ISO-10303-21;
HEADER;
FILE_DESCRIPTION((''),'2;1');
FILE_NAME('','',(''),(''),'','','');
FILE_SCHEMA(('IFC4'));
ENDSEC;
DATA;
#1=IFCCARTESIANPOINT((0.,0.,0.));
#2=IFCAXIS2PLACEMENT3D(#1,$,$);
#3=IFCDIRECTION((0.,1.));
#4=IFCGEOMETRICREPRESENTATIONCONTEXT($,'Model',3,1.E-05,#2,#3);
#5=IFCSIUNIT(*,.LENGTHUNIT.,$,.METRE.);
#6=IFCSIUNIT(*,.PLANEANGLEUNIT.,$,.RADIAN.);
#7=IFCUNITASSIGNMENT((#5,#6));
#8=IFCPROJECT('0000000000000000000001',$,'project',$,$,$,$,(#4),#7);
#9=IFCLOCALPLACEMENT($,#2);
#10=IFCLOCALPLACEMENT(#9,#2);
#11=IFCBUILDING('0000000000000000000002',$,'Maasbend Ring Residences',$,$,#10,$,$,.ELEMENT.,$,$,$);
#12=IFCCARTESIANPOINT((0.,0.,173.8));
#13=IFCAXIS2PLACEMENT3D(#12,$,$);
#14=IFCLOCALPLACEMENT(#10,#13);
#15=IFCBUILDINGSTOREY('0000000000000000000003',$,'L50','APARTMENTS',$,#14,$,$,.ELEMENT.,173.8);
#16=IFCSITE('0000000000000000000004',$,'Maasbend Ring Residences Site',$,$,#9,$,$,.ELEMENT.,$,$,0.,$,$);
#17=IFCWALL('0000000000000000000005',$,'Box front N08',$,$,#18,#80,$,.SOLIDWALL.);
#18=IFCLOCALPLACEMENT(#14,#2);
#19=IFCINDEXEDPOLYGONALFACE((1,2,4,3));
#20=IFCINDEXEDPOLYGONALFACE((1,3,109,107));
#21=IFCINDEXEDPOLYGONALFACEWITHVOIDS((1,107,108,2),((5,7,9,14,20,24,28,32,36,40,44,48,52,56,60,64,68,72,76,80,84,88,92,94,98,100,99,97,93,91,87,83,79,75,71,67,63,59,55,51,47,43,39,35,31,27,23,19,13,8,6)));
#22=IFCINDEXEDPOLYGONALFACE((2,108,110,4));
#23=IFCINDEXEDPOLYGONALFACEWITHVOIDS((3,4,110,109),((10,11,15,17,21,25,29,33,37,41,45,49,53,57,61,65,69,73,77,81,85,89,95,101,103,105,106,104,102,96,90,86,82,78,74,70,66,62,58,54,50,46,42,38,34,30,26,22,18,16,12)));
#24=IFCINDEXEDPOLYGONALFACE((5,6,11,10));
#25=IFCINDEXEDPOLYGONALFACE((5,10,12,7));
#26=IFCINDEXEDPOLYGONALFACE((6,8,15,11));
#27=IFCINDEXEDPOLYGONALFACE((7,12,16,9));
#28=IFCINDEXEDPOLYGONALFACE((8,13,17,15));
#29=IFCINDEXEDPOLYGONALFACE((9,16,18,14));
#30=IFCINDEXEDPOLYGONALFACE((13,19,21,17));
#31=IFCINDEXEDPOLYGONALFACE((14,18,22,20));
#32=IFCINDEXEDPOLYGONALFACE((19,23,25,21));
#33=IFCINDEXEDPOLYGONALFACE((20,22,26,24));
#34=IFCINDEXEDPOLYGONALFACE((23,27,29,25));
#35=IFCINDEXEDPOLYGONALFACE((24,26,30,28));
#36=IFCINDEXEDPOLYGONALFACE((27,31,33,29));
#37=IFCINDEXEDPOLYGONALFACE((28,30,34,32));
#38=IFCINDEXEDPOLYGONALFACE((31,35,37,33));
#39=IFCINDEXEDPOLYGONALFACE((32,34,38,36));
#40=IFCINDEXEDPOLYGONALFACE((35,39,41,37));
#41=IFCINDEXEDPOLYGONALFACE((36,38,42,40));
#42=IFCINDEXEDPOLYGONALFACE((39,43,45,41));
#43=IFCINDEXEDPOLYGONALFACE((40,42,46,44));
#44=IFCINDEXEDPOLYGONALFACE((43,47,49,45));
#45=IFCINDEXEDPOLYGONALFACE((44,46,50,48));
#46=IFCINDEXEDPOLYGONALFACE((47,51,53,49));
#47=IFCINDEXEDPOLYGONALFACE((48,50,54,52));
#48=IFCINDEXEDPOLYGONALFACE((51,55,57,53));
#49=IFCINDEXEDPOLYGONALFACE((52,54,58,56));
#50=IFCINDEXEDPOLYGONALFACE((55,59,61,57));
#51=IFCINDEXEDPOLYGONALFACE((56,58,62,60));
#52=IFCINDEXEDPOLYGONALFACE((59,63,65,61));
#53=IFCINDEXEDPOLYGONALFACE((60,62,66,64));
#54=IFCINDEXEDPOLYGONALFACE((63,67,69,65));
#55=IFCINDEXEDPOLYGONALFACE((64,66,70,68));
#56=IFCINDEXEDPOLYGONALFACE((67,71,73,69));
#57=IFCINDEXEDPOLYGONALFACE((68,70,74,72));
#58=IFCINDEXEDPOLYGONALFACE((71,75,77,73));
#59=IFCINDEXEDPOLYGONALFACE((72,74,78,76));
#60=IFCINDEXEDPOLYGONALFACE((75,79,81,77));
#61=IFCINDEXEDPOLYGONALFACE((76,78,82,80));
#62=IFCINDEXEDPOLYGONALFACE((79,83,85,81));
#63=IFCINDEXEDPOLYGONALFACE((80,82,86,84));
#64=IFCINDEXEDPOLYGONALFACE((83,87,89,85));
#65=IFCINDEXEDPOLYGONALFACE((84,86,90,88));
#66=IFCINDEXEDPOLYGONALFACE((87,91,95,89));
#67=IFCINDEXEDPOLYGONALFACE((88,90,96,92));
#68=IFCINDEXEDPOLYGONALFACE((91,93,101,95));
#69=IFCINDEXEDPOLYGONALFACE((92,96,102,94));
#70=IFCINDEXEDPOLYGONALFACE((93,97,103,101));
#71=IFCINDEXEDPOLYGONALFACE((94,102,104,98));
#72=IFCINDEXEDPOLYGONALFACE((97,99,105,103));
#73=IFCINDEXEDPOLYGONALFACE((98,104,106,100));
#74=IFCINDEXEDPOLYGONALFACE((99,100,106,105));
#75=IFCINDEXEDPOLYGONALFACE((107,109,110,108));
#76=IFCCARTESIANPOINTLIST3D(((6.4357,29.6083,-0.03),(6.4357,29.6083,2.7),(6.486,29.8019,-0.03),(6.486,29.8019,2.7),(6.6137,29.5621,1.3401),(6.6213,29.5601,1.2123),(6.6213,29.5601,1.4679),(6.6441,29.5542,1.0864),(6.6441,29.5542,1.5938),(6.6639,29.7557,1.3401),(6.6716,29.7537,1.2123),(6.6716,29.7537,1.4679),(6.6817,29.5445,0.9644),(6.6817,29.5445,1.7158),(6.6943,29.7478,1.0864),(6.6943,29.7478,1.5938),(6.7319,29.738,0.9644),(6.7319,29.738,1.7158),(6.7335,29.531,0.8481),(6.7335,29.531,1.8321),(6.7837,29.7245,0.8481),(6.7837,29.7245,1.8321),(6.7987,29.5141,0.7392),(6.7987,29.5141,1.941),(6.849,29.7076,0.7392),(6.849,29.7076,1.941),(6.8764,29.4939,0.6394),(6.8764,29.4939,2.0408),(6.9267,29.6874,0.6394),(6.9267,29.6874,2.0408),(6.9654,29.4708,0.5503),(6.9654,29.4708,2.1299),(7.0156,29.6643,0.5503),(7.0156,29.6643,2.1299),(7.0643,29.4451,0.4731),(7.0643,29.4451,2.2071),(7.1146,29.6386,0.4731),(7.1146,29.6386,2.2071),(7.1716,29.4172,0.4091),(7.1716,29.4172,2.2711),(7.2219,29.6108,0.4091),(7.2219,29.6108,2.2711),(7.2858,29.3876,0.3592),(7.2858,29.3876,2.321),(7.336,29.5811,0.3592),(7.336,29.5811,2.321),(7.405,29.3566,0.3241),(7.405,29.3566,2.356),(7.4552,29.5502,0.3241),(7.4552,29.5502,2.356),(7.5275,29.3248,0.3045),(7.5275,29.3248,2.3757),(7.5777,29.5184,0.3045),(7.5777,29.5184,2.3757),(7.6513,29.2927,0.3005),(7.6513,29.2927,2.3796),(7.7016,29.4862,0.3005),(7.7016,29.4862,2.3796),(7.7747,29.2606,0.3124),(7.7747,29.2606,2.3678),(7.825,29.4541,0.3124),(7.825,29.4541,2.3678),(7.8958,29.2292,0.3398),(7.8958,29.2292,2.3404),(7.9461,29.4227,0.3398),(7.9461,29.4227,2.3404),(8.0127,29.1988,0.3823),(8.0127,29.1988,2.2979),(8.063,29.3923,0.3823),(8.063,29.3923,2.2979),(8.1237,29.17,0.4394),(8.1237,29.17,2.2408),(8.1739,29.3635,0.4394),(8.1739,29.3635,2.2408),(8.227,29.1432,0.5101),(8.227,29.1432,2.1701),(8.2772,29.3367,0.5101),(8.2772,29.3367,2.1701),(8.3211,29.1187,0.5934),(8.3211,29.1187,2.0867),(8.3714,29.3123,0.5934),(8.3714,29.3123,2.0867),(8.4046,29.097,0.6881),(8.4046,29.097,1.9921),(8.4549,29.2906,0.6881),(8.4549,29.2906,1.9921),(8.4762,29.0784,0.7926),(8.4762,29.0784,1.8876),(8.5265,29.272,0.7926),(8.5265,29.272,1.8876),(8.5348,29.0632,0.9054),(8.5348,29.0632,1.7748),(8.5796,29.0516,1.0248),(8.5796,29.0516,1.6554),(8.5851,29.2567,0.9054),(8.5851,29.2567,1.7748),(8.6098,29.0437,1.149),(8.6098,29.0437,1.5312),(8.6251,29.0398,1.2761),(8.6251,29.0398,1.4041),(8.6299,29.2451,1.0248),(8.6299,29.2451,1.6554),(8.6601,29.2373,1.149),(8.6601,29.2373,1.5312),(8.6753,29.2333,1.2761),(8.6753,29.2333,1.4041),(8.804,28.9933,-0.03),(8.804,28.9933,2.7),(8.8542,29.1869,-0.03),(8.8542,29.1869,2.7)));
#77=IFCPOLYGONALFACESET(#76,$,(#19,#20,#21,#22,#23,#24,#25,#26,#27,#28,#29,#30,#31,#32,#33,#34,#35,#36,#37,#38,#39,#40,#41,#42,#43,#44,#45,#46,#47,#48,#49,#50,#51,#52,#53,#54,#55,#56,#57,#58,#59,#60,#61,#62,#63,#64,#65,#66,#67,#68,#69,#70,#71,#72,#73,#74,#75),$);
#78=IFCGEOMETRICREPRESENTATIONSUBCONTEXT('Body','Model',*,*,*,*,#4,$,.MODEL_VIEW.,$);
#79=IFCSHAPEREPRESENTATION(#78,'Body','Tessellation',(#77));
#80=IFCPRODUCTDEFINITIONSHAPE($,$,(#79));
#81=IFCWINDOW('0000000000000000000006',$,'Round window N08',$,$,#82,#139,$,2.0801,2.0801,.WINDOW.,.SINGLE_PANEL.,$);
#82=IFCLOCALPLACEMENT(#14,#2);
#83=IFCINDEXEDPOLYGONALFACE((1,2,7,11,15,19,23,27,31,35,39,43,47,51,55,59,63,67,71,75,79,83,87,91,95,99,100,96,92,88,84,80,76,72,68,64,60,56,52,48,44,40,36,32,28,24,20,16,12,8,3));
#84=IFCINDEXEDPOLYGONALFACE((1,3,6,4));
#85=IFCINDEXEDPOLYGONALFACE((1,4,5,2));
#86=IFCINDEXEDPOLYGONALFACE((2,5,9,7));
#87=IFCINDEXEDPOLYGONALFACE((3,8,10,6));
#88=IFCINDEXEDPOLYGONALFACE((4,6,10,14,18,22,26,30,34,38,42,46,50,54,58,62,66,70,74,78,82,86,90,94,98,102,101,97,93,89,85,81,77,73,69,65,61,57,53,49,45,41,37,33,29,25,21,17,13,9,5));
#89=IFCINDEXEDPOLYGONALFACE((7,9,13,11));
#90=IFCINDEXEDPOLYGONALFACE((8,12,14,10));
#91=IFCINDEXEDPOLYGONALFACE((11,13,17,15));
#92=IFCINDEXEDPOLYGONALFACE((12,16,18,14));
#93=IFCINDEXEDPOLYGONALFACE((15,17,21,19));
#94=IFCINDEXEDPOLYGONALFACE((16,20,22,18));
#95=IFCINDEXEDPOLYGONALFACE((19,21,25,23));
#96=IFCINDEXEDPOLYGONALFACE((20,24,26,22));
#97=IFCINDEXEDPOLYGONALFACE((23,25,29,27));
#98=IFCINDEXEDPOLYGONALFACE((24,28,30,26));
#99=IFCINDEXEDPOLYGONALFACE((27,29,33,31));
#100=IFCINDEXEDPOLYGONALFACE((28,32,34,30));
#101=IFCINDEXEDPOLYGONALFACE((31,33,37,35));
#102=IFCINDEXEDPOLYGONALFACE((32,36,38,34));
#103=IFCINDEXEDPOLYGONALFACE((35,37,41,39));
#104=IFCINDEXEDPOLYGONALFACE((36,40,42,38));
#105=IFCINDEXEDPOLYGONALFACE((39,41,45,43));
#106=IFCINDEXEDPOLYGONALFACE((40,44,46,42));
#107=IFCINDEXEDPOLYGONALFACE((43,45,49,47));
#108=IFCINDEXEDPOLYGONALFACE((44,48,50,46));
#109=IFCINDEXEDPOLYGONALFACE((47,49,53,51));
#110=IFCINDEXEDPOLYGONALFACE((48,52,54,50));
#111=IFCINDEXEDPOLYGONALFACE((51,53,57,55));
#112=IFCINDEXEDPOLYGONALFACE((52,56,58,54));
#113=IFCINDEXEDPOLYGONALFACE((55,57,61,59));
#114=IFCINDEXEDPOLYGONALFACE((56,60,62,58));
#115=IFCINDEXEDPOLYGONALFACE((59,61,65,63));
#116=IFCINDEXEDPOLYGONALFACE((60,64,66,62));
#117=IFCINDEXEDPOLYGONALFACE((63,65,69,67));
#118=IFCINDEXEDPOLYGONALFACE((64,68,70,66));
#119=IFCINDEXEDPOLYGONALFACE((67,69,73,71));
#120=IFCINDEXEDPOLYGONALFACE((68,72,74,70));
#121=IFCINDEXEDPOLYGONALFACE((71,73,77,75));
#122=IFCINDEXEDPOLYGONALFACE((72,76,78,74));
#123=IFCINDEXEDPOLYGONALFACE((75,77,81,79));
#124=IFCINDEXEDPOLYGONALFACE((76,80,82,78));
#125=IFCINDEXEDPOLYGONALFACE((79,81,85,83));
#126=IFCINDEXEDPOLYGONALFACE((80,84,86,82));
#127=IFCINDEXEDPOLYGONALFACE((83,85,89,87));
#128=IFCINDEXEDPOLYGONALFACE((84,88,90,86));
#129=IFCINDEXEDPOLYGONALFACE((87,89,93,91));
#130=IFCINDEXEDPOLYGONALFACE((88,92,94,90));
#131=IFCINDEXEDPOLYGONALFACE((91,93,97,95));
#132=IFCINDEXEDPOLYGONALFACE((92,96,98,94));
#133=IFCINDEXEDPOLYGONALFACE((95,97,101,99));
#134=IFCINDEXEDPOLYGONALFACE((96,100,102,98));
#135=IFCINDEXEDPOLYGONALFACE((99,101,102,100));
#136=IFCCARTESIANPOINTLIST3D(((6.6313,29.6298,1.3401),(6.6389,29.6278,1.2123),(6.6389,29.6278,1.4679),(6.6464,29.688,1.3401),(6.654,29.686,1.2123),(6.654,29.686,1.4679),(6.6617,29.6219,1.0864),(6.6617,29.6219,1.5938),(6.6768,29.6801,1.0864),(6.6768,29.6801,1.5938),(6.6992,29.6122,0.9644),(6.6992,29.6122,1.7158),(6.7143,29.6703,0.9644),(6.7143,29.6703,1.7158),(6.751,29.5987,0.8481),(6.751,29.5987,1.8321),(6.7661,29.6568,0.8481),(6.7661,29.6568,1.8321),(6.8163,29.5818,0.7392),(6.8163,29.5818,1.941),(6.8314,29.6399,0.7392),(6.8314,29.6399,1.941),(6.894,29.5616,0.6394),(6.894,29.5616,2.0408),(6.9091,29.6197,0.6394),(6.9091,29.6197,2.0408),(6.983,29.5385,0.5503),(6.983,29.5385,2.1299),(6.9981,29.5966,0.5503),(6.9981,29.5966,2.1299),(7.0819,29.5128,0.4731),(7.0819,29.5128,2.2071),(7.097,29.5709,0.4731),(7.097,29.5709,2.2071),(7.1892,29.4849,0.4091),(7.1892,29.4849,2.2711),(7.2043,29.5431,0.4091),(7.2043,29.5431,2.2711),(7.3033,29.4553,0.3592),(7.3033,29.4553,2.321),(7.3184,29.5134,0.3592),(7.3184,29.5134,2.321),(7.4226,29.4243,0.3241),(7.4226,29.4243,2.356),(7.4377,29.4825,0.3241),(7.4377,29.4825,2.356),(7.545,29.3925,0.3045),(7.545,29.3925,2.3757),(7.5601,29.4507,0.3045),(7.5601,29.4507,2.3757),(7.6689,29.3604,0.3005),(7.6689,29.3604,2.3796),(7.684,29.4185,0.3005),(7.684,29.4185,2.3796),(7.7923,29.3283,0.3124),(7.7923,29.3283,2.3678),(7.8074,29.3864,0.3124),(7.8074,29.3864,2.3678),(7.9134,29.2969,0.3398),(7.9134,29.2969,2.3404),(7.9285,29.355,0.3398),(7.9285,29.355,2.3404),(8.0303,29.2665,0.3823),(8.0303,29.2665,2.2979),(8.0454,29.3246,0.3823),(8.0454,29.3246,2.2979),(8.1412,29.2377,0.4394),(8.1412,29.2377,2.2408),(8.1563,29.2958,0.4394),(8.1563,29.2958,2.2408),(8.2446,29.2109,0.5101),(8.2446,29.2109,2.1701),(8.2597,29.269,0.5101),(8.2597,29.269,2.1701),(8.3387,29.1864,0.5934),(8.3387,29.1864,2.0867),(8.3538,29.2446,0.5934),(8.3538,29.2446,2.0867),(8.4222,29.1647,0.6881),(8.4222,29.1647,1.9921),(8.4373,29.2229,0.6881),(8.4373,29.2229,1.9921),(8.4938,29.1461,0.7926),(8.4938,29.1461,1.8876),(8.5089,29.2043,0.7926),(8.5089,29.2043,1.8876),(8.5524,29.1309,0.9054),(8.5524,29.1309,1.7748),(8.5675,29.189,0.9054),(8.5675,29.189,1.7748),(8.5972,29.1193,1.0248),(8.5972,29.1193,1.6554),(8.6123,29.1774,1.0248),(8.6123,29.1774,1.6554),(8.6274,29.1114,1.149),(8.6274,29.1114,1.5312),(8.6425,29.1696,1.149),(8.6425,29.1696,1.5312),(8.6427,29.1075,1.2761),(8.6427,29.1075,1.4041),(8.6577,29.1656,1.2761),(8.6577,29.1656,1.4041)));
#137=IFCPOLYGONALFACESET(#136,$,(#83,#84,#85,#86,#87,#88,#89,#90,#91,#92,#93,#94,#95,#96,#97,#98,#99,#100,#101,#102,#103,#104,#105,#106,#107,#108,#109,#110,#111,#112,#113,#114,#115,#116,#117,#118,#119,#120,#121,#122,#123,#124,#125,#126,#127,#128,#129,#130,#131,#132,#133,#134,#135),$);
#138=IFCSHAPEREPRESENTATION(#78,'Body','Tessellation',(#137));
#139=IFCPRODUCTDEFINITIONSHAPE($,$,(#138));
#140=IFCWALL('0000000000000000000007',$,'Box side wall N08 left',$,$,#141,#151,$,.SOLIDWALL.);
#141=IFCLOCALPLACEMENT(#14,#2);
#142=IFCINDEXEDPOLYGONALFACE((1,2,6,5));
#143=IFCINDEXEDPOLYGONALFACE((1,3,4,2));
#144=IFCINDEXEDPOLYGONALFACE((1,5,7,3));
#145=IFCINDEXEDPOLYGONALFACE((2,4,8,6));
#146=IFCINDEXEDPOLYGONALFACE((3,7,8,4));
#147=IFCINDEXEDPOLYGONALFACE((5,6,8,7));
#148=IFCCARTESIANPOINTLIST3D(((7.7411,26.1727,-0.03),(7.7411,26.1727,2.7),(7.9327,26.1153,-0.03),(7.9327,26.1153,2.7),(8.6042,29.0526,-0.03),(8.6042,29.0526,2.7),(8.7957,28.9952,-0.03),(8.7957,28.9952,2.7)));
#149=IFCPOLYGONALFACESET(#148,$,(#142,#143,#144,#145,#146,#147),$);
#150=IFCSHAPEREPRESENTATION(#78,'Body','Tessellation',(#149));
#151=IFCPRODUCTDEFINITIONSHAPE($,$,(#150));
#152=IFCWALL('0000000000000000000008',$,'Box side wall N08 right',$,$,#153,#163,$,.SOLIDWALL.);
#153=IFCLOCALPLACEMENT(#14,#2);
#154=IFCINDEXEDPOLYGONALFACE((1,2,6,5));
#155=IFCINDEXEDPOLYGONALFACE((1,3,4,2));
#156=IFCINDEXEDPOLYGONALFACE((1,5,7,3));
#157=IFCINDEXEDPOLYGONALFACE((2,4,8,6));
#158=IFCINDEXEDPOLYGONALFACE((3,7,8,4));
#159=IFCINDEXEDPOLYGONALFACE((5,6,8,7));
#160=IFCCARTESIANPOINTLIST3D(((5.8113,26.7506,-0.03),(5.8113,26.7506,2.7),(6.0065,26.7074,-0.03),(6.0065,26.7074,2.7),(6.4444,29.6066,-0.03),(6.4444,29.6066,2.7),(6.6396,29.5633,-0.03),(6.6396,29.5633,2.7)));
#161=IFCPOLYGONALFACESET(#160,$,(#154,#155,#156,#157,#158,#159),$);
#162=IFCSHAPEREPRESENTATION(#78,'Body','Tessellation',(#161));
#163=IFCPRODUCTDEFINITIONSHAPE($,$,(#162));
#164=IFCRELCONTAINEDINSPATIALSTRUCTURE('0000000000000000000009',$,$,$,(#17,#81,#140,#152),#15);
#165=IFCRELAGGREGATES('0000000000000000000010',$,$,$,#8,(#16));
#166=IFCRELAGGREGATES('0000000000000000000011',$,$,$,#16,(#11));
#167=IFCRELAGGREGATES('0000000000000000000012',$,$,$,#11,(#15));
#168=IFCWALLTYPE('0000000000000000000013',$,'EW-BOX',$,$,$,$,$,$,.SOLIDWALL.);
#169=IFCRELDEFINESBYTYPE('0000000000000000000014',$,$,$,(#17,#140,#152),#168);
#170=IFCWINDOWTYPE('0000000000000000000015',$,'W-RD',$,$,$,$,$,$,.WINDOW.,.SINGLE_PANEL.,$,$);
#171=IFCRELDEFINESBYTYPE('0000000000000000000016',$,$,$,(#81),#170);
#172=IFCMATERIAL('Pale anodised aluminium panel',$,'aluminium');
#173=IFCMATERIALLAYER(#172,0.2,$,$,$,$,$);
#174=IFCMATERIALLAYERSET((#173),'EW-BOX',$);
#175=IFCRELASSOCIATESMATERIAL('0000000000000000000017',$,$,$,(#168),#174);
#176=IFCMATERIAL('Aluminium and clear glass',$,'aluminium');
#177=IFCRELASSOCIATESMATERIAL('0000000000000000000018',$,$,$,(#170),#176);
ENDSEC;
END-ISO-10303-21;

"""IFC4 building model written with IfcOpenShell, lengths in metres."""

from ifc_helpers import new_model, si_unit, direction, frame, frame_2d, origin, place, context, subcontext, project, spatial, rectangle, circle, extrude, material, layer, layer_set, type_object, element, fill, save


model = new_model("IFC4")

# Units and contexts
model_context = context("Model", 3, precision=1e-05, world=origin(), true_north=direction((0.0, 1.0)))
body_context = subcontext(model_context, "Body", "Model", "MODEL_VIEW")
ifc_project = project(units=[si_unit("LENGTHUNIT", "METRE"), si_unit("PLANEANGLEUNIT", "RADIAN")], contexts=[model_context])

# Site, building, storey
site_placement = place(None, origin())
site = spatial("IfcSite", under=ifc_project, at=site_placement, Name="Maasbend Ring Residences Site", CompositionType="ELEMENT", RefElevation=0.0)
building_placement = place(site_placement, origin())
building = spatial("IfcBuilding", under=site, at=building_placement, Name="Maasbend Ring Residences", CompositionType="ELEMENT")
storey_placement = place(building_placement, frame((0.0, 0.0, 173.8)))
storey = spatial("IfcBuildingStorey", under=building, at=storey_placement, Name="L50", Description="APARTMENTS", CompositionType="ELEMENT", Elevation=173.8)

# Shared definitions
ifc_material_1 = material(Name="Pale anodised aluminium panel", Category="aluminium")
ifc_layer_1 = layer(ifc_material_1, 0.2)
ifc_layer_set_1 = layer_set([ifc_layer_1], Name="EW-BOX")
wall_type_1 = type_object("IfcWallType", Name="EW-BOX", PredefinedType="SOLIDWALL", material=ifc_layer_set_1)

# Wall, opening, window
wall_1_placement = place(storey_placement, frame((8.8291, 29.0901, -0.03), z_axis=(0.0, 0.0, 1.0), x_axis=(-0.967895, 0.251353, 0.0)))
wall_1 = element("IfcWall", 1, at=wall_1_placement, inside=storey, type_object=wall_type_1, Name="Box front N08", PredefinedType="SOLIDWALL", context=body_context, shape_type="SweptSolid", body=[
    extrude(rectangle(XDim=2.4468, YDim=0.2, at=frame_2d((1.2234, 0.0))), origin(), (0.0, 0.0, 1.0), 2.73),
])
opening_1_placement = place(wall_1_placement, frame((0.1829, 0.0, 0.3301)))
opening_1 = element("IfcOpeningElement", 2, at=opening_1_placement, cuts=wall_1, PredefinedType="OPENING", context=body_context, shape_type="SweptSolid", body=[
    extrude(circle(Radius=1.04, at=frame_2d((1.04, 1.04))), frame((0.0, 0.1099, 0.0), z_axis=(0.0, -1.0, 0.0), x_axis=(1.0, 0.0, 0.0)), (0.0, 0.0, 1.0), 0.22),
])
ifc_material_2 = material(Name="Aluminium and clear glass", Category="aluminium")
window_type_1 = type_object("IfcWindowType", Name="W-RD", PartitioningType="SINGLE_PANEL", PredefinedType="WINDOW", material=ifc_material_2)
window_1_placement = place(opening_1_placement, origin())
window_1 = element("IfcWindow", 3, at=window_1_placement, inside=storey, type_object=window_type_1, Name="Round window N08", OverallHeight=2.0801, OverallWidth=2.0801, PartitioningType="SINGLE_PANEL", PredefinedType="WINDOW", context=body_context, shape_type="SweptSolid", body=[
    extrude(circle(Radius=1.04, at=frame_2d((1.04, 1.04))), frame((0.0, 0.03, 0.0), z_axis=(0.0, -1.0, 0.0), x_axis=(1.0, 0.0, 0.0)), (0.0, 0.0, 1.0), 0.0601),
])
fill(opening_1, window_1)

# Walls
wall_2_placement = place(storey_placement, frame((7.8369, 26.144, -0.03), z_axis=(0.0, 0.0, 1.0), x_axis=(0.287065, 0.957911, 0.0)))
element("IfcWall", 4, at=wall_2_placement, inside=storey, type_object=wall_type_1, Name="Box side wall N08 left", PredefinedType="SOLIDWALL", context=body_context, shape_type="SweptSolid", body=[
    extrude(rectangle(XDim=3.0063, YDim=0.2, at=frame_2d((1.5032, 0.0))), origin(), (0.0, 0.0, 1.0), 2.73),
])
wall_3_placement = place(storey_placement, frame((5.9089, 26.729, -0.03), z_axis=(0.0, 0.0, 1.0), x_axis=(0.216409, 0.976303, 0.0)))
element("IfcWall", 5, at=wall_3_placement, inside=storey, type_object=wall_type_1, Name="Box side wall N08 right", PredefinedType="SOLIDWALL", context=body_context, shape_type="SweptSolid", body=[
    extrude(rectangle(XDim=2.9253, YDim=0.2, at=frame_2d((1.4626, 0.0))), origin(), (0.0, 0.0, 1.0), 2.73),
])

save(model, "model.ifc")
